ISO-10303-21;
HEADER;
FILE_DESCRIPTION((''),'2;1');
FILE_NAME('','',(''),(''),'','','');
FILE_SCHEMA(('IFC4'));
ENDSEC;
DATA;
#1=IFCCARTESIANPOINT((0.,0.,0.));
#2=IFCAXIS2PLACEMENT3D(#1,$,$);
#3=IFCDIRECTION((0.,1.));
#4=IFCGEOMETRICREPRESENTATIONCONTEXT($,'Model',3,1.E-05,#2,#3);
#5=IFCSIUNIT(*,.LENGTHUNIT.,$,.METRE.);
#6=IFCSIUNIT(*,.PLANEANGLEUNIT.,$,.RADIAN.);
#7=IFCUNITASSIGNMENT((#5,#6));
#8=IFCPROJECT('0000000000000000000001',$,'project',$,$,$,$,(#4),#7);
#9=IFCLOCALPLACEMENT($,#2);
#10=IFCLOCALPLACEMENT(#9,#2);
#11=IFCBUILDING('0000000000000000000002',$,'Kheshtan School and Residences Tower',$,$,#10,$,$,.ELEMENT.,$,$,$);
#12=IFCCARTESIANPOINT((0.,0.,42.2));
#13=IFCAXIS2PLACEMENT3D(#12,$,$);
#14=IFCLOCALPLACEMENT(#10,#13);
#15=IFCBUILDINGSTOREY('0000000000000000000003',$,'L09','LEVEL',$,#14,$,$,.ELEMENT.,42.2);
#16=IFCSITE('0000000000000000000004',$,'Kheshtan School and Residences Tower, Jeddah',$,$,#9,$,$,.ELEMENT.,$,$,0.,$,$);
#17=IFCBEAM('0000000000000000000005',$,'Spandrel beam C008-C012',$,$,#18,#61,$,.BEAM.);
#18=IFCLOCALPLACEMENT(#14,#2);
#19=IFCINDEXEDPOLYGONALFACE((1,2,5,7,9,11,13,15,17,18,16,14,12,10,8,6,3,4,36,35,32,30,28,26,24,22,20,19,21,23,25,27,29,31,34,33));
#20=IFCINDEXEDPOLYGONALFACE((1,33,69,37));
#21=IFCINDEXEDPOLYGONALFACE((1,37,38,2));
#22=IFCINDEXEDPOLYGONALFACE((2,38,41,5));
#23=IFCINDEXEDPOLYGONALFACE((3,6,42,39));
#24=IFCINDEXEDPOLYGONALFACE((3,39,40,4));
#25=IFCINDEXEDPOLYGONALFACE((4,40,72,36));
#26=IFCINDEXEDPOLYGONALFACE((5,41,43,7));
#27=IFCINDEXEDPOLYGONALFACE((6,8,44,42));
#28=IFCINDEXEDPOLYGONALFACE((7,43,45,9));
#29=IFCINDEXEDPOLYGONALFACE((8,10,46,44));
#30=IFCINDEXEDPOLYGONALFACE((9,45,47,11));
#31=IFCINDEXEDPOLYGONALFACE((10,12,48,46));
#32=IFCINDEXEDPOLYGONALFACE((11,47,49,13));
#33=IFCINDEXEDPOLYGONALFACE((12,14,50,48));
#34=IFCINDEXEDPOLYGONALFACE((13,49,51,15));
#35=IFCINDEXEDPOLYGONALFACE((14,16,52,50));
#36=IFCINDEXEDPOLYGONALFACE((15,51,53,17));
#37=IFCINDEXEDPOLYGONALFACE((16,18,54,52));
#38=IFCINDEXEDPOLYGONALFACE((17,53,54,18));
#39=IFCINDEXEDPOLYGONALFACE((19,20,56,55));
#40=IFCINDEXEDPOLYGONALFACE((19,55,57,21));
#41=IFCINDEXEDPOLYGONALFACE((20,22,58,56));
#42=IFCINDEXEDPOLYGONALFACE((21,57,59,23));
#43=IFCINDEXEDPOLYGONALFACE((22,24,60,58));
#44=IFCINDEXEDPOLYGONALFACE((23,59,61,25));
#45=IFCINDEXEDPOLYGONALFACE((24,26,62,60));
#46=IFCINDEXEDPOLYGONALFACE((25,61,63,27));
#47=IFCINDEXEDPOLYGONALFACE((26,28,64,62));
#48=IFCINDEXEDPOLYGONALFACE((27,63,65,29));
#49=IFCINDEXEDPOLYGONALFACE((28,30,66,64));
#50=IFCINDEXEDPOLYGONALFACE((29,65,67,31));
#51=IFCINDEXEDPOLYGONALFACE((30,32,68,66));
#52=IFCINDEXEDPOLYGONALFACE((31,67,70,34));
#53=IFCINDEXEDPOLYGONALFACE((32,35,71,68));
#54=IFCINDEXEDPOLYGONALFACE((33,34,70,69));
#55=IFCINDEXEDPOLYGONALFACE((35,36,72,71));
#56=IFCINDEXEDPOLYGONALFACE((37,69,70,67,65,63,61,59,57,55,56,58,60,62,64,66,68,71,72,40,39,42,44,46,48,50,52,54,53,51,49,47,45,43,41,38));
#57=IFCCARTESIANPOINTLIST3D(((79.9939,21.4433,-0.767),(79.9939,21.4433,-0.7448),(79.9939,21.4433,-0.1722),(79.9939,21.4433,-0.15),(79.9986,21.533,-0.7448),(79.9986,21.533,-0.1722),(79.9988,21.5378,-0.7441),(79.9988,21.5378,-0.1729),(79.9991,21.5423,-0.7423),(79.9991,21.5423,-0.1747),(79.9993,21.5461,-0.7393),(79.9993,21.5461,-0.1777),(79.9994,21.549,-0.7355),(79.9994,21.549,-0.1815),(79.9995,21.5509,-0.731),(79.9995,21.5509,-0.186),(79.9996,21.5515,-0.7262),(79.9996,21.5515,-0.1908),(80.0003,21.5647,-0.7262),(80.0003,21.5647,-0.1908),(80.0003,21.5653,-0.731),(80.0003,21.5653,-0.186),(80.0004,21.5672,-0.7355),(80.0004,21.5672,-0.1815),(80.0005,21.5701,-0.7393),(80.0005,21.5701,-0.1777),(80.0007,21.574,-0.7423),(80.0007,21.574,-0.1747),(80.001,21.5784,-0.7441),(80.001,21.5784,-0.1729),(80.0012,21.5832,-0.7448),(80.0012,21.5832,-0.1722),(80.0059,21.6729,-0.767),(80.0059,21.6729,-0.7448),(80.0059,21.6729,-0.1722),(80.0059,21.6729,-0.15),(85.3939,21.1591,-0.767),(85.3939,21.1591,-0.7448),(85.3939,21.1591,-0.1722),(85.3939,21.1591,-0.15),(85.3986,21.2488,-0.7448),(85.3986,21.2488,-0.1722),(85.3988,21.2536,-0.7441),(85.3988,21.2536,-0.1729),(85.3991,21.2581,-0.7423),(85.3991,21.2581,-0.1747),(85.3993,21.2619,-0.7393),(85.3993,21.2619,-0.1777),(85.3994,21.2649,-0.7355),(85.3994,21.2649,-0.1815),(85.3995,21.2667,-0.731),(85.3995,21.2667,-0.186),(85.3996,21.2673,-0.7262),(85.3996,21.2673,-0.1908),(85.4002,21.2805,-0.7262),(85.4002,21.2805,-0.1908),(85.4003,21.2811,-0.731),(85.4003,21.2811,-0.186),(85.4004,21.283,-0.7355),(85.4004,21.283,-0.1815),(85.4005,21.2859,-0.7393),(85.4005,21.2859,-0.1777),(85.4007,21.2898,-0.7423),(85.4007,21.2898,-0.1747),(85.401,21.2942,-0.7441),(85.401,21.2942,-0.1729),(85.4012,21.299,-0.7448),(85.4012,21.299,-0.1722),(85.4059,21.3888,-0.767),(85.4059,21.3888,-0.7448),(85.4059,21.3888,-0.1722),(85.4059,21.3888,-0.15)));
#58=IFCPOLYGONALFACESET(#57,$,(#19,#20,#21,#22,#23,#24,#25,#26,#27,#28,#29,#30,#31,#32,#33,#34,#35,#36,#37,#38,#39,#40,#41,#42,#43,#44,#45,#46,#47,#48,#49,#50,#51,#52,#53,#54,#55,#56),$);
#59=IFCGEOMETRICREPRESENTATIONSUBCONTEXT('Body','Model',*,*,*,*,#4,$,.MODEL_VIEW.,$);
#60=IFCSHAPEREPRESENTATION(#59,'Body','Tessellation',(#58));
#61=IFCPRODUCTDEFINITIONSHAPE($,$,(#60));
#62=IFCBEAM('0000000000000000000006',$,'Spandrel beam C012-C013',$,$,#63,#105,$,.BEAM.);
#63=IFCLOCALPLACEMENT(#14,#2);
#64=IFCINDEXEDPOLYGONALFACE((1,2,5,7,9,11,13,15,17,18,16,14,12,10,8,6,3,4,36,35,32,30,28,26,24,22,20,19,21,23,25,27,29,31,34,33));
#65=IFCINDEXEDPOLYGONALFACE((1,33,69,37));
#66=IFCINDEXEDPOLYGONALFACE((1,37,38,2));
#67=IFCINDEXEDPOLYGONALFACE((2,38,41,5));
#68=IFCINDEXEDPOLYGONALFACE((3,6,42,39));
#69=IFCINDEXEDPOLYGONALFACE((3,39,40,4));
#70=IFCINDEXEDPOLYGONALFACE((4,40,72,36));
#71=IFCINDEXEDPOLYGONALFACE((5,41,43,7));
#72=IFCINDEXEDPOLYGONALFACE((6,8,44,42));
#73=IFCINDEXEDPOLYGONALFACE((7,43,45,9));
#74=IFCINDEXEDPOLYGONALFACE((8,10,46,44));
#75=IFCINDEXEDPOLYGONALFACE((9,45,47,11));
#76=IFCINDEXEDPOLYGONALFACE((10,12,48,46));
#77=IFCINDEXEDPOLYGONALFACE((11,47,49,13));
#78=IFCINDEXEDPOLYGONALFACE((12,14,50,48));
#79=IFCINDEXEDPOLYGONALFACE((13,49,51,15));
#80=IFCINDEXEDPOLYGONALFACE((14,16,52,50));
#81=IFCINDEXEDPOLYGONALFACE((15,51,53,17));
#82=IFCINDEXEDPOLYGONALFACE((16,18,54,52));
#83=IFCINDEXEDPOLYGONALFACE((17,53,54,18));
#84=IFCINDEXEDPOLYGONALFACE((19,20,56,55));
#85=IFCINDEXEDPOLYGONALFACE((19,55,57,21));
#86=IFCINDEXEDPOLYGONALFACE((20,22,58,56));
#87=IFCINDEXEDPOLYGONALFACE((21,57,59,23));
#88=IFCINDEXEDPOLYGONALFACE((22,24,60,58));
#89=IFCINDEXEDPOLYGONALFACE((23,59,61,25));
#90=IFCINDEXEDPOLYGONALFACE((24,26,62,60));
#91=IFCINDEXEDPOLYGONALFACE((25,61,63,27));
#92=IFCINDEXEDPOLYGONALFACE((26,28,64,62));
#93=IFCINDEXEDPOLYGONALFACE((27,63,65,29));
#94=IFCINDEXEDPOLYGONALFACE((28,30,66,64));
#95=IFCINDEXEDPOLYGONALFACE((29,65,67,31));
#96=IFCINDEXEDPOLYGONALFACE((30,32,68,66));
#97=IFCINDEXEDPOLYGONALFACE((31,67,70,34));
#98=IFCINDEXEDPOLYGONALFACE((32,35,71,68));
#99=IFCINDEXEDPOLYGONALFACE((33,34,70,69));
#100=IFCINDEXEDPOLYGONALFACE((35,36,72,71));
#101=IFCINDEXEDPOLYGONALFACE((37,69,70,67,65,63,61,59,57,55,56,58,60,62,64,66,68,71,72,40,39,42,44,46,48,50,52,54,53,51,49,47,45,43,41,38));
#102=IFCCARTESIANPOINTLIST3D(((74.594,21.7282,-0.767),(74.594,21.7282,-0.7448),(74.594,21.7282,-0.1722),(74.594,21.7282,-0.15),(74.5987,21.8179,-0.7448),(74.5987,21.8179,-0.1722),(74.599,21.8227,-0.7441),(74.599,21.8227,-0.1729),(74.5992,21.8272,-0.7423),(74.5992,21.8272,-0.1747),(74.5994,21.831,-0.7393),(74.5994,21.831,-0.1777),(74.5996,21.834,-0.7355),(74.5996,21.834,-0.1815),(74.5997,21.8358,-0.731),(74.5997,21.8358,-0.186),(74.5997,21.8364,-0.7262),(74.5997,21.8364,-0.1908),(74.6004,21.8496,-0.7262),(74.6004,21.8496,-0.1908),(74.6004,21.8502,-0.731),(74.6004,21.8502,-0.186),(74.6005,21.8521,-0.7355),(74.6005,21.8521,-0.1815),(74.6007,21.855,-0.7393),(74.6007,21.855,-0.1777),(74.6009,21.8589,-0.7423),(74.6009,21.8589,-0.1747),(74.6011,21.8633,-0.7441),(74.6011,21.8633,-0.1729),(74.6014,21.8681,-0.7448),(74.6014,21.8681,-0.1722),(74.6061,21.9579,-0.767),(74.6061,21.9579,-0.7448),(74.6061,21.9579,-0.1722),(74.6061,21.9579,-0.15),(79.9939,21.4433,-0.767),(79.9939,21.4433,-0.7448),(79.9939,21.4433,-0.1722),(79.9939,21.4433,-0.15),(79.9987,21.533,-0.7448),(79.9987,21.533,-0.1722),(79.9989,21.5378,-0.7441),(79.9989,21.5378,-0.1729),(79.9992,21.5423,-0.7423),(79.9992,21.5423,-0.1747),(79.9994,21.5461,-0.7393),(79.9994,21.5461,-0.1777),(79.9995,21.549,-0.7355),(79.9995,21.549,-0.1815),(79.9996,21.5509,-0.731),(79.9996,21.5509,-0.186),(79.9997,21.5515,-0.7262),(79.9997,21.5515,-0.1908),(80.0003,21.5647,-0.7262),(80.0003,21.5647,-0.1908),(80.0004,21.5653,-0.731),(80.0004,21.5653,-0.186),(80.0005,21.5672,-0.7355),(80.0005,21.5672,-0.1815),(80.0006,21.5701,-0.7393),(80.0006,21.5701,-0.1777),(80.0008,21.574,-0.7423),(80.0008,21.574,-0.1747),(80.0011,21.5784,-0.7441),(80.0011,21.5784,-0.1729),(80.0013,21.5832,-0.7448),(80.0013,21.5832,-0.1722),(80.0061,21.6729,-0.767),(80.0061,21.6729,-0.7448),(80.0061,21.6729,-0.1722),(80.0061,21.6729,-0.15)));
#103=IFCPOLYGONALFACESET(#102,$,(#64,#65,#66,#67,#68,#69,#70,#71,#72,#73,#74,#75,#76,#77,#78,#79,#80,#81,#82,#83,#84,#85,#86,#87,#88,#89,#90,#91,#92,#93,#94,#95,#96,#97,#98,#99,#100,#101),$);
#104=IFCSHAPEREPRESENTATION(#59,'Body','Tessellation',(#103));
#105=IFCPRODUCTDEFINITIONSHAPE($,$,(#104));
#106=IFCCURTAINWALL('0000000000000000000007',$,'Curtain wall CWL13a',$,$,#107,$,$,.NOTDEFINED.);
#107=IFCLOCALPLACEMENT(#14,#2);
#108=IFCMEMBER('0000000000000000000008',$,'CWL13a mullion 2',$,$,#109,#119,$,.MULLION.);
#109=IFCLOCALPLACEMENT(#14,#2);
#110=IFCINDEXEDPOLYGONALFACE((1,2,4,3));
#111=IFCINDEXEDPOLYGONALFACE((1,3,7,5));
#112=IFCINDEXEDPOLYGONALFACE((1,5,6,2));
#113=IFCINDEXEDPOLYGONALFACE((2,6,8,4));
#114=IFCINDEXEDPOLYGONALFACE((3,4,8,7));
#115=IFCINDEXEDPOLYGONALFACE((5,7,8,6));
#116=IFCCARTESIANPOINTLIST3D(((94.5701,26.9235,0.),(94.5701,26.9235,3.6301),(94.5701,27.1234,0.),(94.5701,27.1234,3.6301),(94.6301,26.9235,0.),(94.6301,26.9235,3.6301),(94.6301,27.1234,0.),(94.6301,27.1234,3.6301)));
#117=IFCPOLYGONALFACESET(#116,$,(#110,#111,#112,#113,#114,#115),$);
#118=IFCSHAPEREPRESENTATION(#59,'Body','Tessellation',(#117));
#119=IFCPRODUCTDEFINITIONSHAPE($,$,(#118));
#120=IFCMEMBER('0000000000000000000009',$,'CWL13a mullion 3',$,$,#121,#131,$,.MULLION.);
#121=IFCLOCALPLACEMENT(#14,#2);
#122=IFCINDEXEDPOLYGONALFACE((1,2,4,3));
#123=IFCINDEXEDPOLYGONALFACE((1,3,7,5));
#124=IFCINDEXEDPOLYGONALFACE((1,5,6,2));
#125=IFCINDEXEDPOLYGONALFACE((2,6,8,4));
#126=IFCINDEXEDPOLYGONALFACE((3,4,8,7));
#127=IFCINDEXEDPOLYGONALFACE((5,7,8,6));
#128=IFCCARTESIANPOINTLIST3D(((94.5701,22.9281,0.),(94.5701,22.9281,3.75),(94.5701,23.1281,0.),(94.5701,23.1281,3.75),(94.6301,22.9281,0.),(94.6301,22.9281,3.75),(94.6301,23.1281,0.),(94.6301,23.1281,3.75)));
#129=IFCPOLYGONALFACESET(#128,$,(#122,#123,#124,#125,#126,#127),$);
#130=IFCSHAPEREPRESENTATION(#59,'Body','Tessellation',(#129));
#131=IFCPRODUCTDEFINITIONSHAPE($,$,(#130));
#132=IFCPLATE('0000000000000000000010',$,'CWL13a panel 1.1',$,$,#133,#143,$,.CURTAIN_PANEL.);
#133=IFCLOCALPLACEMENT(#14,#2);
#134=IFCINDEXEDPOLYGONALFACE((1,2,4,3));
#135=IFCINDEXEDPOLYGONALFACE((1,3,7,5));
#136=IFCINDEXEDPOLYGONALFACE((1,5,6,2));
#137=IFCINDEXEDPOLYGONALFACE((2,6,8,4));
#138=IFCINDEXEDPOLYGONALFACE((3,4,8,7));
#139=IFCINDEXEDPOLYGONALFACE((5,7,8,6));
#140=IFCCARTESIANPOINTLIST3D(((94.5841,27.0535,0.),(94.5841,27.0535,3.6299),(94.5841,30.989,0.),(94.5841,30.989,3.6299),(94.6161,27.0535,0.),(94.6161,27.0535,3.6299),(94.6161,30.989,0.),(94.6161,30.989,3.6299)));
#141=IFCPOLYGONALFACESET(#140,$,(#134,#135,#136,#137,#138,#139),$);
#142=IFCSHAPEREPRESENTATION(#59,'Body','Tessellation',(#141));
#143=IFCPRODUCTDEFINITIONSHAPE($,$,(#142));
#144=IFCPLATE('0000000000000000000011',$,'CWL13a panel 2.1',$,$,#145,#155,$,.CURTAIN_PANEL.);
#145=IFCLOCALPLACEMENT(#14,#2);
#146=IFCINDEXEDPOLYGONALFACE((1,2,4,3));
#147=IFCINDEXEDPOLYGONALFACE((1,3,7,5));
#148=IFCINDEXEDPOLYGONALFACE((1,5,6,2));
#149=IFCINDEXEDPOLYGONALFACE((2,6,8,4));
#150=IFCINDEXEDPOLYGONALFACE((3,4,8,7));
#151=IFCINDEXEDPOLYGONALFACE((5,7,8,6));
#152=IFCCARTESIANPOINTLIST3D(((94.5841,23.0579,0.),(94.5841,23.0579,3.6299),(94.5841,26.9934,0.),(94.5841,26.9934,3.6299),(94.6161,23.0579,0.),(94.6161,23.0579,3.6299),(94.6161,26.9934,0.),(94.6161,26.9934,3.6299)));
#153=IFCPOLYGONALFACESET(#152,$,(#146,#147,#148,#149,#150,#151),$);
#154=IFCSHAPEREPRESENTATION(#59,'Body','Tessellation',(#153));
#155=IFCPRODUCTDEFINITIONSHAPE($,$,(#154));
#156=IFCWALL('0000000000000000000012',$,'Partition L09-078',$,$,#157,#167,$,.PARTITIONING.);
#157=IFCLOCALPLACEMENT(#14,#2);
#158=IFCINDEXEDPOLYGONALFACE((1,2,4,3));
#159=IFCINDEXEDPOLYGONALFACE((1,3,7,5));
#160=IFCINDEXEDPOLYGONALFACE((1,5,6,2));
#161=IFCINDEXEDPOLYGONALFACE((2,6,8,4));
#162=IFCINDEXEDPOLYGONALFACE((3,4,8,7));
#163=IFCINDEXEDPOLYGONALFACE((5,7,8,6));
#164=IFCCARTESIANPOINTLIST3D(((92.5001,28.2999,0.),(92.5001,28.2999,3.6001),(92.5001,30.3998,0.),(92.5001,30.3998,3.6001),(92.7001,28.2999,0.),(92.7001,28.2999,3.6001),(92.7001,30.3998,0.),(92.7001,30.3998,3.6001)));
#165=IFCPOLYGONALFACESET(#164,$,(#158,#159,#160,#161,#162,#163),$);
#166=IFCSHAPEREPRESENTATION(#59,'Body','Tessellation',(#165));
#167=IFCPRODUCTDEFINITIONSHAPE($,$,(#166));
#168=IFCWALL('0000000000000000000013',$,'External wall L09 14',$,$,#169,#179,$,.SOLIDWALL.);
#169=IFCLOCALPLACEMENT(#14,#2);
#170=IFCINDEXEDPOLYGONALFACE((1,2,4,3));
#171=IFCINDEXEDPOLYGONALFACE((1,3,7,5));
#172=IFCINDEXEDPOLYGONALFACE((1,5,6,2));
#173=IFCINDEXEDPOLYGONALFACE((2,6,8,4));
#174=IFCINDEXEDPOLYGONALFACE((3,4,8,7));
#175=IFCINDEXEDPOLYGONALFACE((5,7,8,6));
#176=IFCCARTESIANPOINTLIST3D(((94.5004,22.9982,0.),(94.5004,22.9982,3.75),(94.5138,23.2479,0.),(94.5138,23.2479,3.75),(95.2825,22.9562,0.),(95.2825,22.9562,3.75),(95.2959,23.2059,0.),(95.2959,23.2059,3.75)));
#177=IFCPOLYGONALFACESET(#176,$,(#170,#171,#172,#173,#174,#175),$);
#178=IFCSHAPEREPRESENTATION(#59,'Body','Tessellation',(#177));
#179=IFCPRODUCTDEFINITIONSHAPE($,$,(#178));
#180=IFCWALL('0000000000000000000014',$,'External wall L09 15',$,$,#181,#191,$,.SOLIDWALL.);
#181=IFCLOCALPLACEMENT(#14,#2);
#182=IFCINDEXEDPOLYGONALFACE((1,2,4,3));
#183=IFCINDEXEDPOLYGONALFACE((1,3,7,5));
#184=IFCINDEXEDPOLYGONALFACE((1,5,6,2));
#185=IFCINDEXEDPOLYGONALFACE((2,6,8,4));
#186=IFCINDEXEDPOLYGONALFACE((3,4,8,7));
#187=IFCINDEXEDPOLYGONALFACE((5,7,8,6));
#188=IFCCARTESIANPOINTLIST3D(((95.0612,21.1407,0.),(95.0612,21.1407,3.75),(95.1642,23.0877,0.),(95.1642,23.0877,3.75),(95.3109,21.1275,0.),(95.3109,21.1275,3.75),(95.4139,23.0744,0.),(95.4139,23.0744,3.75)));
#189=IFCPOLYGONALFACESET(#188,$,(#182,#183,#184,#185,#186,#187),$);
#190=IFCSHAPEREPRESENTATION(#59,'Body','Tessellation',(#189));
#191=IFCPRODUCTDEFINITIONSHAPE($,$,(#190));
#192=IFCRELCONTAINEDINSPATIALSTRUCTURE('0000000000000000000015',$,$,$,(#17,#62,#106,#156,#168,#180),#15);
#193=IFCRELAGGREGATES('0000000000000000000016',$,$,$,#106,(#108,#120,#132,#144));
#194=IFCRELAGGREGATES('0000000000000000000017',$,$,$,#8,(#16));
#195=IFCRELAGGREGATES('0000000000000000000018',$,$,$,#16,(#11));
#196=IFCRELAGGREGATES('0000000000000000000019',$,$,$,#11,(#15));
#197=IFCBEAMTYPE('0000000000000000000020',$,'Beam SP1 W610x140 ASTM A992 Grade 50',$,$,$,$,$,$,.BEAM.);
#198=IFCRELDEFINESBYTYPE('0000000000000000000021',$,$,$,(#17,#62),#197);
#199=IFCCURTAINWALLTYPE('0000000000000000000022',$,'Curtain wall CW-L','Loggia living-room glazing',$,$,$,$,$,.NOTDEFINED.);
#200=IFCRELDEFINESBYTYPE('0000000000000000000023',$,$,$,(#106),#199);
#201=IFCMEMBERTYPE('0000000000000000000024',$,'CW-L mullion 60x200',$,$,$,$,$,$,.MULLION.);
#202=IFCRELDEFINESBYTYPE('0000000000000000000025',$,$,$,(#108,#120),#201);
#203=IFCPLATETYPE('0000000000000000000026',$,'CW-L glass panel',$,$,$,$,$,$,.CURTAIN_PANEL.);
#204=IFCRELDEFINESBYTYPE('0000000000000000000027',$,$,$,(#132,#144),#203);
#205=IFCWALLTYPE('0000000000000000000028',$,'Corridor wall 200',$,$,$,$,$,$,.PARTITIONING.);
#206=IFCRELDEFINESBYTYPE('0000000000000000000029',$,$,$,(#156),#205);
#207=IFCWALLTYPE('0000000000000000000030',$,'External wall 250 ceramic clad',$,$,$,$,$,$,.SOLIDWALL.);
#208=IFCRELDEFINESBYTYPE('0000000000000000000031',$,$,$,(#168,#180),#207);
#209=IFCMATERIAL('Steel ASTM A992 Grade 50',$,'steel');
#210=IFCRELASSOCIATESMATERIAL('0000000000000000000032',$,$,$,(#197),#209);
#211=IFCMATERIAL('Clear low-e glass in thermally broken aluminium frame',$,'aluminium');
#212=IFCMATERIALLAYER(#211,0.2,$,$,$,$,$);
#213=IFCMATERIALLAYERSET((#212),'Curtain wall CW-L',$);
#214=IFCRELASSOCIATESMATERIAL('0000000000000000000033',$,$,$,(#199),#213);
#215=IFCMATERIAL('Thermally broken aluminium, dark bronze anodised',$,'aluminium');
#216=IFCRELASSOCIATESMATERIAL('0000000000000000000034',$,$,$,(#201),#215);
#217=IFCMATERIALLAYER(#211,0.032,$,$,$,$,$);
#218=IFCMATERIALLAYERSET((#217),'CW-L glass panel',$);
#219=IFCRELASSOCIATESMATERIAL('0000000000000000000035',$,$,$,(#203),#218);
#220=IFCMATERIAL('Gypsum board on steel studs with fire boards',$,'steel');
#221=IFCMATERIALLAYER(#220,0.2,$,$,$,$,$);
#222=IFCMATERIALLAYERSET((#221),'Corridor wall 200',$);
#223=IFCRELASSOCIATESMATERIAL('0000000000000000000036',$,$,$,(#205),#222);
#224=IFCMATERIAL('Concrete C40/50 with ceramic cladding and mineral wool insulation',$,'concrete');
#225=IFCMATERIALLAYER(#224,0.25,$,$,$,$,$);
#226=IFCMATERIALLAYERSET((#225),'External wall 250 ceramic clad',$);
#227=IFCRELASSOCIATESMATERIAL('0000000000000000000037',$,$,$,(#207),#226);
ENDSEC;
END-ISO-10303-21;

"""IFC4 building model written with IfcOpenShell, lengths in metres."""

from ifc_helpers import new_model, si_unit, direction, frame, frame_2d, origin, origin_2d, place, context, subcontext, project, spatial, rectangle, i_section, extrude, material, layer, layer_set, material_profile, profile_set, type_object, element, aggregate, save


model = new_model("IFC4")

# Units and contexts
model_context = context("Model", 3, precision=1e-05, world=origin(), true_north=direction((0.0, 1.0)))
body_context = subcontext(model_context, "Body", "Model", "MODEL_VIEW")
ifc_project = project(units=[si_unit("LENGTHUNIT", "METRE"), si_unit("PLANEANGLEUNIT", "RADIAN")], contexts=[model_context])

# Site, building, storey
site_placement = place(None, origin())
site = spatial("IfcSite", under=ifc_project, at=site_placement, Name="Kheshtan School and Residences Tower, Jeddah", CompositionType="ELEMENT", RefElevation=0.0)
building_placement = place(site_placement, origin())
building = spatial("IfcBuilding", under=site, at=building_placement, Name="Kheshtan School and Residences Tower", CompositionType="ELEMENT")
storey_placement = place(building_placement, frame((0.0, 0.0, 42.2)))
storey = spatial("IfcBuildingStorey", under=building, at=storey_placement, Name="L09", Description="LEVEL", CompositionType="ELEMENT", Elevation=42.2)

# Shared definitions
ifc_material_1 = material(Name="Steel ASTM A992 Grade 50", Category="steel")

# Beams
ifc_material_profile_1 = material_profile(ifc_material_1, i_section(OverallWidth=0.23, OverallDepth=0.6169, WebThickness=0.0132, FlangeThickness=0.0222, FilletRadius=0.0186, at=origin_2d()), Name="W610x140")
ifc_profile_set_1 = profile_set([ifc_material_profile_1], Name="Steel ASTM A992 Grade 50")
beam_type = type_object("IfcBeamType", Name="Beam SP1 W610x140 ASTM A992 Grade 50", PredefinedType="BEAM", material=ifc_profile_set_1)
for number, where, z_axis, x_axis, name in (
    (1, (85.3999, 21.2739, -0.4585), (-0.998618, 0.052554, 0.0), (-0.052554, -0.998618, 0.0), "Spandrel beam C008-C012"),
    (2, (80.0, 21.5581, -0.4585), (-0.998611, 0.052689, 0.0), (-0.052689, -0.998611, 0.0), "Spandrel beam C012-C013"),
):
    element("IfcBeam", number, at=place(storey_placement, frame(where, z_axis=z_axis, x_axis=x_axis)), inside=storey, type_object=beam_type, Name=name, PredefinedType="BEAM", context=body_context, shape_type="SweptSolid", body=[
        extrude(i_section(OverallWidth=0.23, OverallDepth=0.6169, WebThickness=0.0132, FlangeThickness=0.0222, FilletRadius=0.0186, at=origin_2d()), origin(), (0.0, 0.0, 1.0), 5.4075),
    ])

# Curtain wall, members, plates
ifc_material_2 = material(Name="Clear low-e glass in thermally broken aluminium frame", Category="aluminium")
ifc_layer_1 = layer(ifc_material_2, 0.2)
ifc_layer_set_1 = layer_set([ifc_layer_1], Name="Curtain wall CW-L")
curtain_wall_type = type_object("IfcCurtainWallType", Name="Curtain wall CW-L", Description="Loggia living-room glazing", PredefinedType="NOTDEFINED", material=ifc_layer_set_1)
curtain_wall_placement = place(storey_placement, origin())
curtain_wall = element("IfcCurtainWall", 3, at=curtain_wall_placement, inside=storey, type_object=curtain_wall_type, Name="Curtain wall CWL13a", PredefinedType="NOTDEFINED")
ifc_material_3 = material(Name="Thermally broken aluminium, dark bronze anodised", Category="aluminium")
ifc_material_profile_2 = material_profile(ifc_material_3, rectangle(XDim=0.0601, YDim=0.2, at=origin_2d()), Name="CW-L mullion 60x200")
ifc_profile_set_2 = profile_set([ifc_material_profile_2], Name="Thermally broken aluminium, dark bronze anodised")
member_type = type_object("IfcMemberType", Name="CW-L mullion 60x200", PredefinedType="MULLION", material=ifc_profile_set_2)
member_1_placement = place(storey_placement, frame((94.6001, 27.0234, 0.0), z_axis=(0.0, 0.0, 1.0), x_axis=(1.0, 0.0, 0.0)))
member_1 = element("IfcMember", 4, at=member_1_placement, type_object=member_type, Name="CWL13a mullion 2", PredefinedType="MULLION", context=body_context, shape_type="SweptSolid", body=[
    extrude(rectangle(XDim=0.0601, YDim=0.2, at=origin_2d()), origin(), (0.0, 0.0, 1.0), 3.6301),
])
member_2_placement = place(storey_placement, frame((94.6001, 23.0281, 0.0), z_axis=(0.0, 0.0, 1.0), x_axis=(1.0, 0.0, 0.0)))
member_2 = element("IfcMember", 5, at=member_2_placement, type_object=member_type, Name="CWL13a mullion 3", PredefinedType="MULLION", context=body_context, shape_type="SweptSolid", body=[
    extrude(rectangle(XDim=0.0601, YDim=0.2, at=origin_2d()), origin(), (0.0, 0.0, 1.0), 3.75),
])
ifc_layer_2 = layer(ifc_material_2, 0.032)
ifc_layer_set_2 = layer_set([ifc_layer_2], Name="CW-L glass panel")
plate_type = type_object("IfcPlateType", Name="CW-L glass panel", PredefinedType="CURTAIN_PANEL", material=ifc_layer_set_2)
plate_1_placement = place(storey_placement, frame((94.6001, 29.0212, 0.0), z_axis=(0.0, 0.0, 1.0), x_axis=(0.0, -1.0, 0.0)))
plate_1 = element("IfcPlate", 6, at=plate_1_placement, type_object=plate_type, Name="CWL13a panel 1.1", PredefinedType="CURTAIN_PANEL", context=body_context, shape_type="SweptSolid", body=[
    extrude(rectangle(XDim=3.9355, YDim=0.032, at=origin_2d()), origin(), (0.0, 0.0, 1.0), 3.6299),
])
plate_2_placement = place(storey_placement, frame((94.6001, 25.0256, 0.0), z_axis=(0.0, 0.0, 1.0), x_axis=(0.0, -1.0, 0.0)))
plate_2 = element("IfcPlate", 7, at=plate_2_placement, type_object=plate_type, Name="CWL13a panel 2.1", PredefinedType="CURTAIN_PANEL", context=body_context, shape_type="SweptSolid", body=[
    extrude(rectangle(XDim=3.9355, YDim=0.032, at=origin_2d()), origin(), (0.0, 0.0, 1.0), 3.6299),
])
aggregate(curtain_wall, [member_1, member_2, plate_1, plate_2])

# Walls
ifc_material_4 = material(Name="Gypsum board on steel studs with fire boards", Category="steel")
ifc_layer_3 = layer(ifc_material_4, 0.2)
ifc_layer_set_3 = layer_set([ifc_layer_3], Name="Corridor wall 200")
wall_type_1 = type_object("IfcWallType", Name="Corridor wall 200", PredefinedType="PARTITIONING", material=ifc_layer_set_3)
wall_1_placement = place(storey_placement, frame((92.6001, 28.3, 0.0), z_axis=(0.0, 0.0, 1.0), x_axis=(0.0, 1.0, 0.0)))
element("IfcWall", 8, at=wall_1_placement, inside=storey, type_object=wall_type_1, Name="Partition L09-078", PredefinedType="PARTITIONING", context=body_context, shape_type="SweptSolid", body=[
    extrude(rectangle(XDim=2.0999, YDim=0.2, at=frame_2d((1.0498, 0.0))), origin(), (0.0, 0.0, 1.0), 3.6001),
])
ifc_material_5 = material(Name="Concrete C40/50 with ceramic cladding and mineral wool insulation", Category="concrete")
ifc_layer_4 = layer(ifc_material_5, 0.25)
ifc_layer_set_4 = layer_set([ifc_layer_4], Name="External wall 250 ceramic clad")
wall_type_2 = type_object("IfcWallType", Name="External wall 250 ceramic clad", PredefinedType="SOLIDWALL", material=ifc_layer_set_4)
wall_2_placement = place(storey_placement, frame((94.5071, 23.123, 0.0), z_axis=(0.0, 0.0, 1.0), x_axis=(0.998561, -0.053622, 0.0)))
element("IfcWall", 9, at=wall_2_placement, inside=storey, type_object=wall_type_2, Name="External wall L09 14", PredefinedType="SOLIDWALL", context=body_context, shape_type="SweptSolid", body=[
    extrude(rectangle(XDim=0.7832, YDim=0.25, at=frame_2d((0.3916, 0.0))), origin(), (0.0, 0.0, 1.0), 3.75),
])
wall_3_placement = place(storey_placement, frame((95.2891, 23.0811, 0.0), z_axis=(0.0, 0.0, 1.0), x_axis=(-0.052841, -0.998603, 0.0)))
element("IfcWall", 10, at=wall_3_placement, inside=storey, type_object=wall_type_2, Name="External wall L09 15", PredefinedType="SOLIDWALL", context=body_context, shape_type="SweptSolid", body=[
    extrude(rectangle(XDim=1.9497, YDim=0.25, at=frame_2d((0.9749, 0.0))), origin(), (0.0, 0.0, 1.0), 3.75),
])

save(model, "model.ifc")
